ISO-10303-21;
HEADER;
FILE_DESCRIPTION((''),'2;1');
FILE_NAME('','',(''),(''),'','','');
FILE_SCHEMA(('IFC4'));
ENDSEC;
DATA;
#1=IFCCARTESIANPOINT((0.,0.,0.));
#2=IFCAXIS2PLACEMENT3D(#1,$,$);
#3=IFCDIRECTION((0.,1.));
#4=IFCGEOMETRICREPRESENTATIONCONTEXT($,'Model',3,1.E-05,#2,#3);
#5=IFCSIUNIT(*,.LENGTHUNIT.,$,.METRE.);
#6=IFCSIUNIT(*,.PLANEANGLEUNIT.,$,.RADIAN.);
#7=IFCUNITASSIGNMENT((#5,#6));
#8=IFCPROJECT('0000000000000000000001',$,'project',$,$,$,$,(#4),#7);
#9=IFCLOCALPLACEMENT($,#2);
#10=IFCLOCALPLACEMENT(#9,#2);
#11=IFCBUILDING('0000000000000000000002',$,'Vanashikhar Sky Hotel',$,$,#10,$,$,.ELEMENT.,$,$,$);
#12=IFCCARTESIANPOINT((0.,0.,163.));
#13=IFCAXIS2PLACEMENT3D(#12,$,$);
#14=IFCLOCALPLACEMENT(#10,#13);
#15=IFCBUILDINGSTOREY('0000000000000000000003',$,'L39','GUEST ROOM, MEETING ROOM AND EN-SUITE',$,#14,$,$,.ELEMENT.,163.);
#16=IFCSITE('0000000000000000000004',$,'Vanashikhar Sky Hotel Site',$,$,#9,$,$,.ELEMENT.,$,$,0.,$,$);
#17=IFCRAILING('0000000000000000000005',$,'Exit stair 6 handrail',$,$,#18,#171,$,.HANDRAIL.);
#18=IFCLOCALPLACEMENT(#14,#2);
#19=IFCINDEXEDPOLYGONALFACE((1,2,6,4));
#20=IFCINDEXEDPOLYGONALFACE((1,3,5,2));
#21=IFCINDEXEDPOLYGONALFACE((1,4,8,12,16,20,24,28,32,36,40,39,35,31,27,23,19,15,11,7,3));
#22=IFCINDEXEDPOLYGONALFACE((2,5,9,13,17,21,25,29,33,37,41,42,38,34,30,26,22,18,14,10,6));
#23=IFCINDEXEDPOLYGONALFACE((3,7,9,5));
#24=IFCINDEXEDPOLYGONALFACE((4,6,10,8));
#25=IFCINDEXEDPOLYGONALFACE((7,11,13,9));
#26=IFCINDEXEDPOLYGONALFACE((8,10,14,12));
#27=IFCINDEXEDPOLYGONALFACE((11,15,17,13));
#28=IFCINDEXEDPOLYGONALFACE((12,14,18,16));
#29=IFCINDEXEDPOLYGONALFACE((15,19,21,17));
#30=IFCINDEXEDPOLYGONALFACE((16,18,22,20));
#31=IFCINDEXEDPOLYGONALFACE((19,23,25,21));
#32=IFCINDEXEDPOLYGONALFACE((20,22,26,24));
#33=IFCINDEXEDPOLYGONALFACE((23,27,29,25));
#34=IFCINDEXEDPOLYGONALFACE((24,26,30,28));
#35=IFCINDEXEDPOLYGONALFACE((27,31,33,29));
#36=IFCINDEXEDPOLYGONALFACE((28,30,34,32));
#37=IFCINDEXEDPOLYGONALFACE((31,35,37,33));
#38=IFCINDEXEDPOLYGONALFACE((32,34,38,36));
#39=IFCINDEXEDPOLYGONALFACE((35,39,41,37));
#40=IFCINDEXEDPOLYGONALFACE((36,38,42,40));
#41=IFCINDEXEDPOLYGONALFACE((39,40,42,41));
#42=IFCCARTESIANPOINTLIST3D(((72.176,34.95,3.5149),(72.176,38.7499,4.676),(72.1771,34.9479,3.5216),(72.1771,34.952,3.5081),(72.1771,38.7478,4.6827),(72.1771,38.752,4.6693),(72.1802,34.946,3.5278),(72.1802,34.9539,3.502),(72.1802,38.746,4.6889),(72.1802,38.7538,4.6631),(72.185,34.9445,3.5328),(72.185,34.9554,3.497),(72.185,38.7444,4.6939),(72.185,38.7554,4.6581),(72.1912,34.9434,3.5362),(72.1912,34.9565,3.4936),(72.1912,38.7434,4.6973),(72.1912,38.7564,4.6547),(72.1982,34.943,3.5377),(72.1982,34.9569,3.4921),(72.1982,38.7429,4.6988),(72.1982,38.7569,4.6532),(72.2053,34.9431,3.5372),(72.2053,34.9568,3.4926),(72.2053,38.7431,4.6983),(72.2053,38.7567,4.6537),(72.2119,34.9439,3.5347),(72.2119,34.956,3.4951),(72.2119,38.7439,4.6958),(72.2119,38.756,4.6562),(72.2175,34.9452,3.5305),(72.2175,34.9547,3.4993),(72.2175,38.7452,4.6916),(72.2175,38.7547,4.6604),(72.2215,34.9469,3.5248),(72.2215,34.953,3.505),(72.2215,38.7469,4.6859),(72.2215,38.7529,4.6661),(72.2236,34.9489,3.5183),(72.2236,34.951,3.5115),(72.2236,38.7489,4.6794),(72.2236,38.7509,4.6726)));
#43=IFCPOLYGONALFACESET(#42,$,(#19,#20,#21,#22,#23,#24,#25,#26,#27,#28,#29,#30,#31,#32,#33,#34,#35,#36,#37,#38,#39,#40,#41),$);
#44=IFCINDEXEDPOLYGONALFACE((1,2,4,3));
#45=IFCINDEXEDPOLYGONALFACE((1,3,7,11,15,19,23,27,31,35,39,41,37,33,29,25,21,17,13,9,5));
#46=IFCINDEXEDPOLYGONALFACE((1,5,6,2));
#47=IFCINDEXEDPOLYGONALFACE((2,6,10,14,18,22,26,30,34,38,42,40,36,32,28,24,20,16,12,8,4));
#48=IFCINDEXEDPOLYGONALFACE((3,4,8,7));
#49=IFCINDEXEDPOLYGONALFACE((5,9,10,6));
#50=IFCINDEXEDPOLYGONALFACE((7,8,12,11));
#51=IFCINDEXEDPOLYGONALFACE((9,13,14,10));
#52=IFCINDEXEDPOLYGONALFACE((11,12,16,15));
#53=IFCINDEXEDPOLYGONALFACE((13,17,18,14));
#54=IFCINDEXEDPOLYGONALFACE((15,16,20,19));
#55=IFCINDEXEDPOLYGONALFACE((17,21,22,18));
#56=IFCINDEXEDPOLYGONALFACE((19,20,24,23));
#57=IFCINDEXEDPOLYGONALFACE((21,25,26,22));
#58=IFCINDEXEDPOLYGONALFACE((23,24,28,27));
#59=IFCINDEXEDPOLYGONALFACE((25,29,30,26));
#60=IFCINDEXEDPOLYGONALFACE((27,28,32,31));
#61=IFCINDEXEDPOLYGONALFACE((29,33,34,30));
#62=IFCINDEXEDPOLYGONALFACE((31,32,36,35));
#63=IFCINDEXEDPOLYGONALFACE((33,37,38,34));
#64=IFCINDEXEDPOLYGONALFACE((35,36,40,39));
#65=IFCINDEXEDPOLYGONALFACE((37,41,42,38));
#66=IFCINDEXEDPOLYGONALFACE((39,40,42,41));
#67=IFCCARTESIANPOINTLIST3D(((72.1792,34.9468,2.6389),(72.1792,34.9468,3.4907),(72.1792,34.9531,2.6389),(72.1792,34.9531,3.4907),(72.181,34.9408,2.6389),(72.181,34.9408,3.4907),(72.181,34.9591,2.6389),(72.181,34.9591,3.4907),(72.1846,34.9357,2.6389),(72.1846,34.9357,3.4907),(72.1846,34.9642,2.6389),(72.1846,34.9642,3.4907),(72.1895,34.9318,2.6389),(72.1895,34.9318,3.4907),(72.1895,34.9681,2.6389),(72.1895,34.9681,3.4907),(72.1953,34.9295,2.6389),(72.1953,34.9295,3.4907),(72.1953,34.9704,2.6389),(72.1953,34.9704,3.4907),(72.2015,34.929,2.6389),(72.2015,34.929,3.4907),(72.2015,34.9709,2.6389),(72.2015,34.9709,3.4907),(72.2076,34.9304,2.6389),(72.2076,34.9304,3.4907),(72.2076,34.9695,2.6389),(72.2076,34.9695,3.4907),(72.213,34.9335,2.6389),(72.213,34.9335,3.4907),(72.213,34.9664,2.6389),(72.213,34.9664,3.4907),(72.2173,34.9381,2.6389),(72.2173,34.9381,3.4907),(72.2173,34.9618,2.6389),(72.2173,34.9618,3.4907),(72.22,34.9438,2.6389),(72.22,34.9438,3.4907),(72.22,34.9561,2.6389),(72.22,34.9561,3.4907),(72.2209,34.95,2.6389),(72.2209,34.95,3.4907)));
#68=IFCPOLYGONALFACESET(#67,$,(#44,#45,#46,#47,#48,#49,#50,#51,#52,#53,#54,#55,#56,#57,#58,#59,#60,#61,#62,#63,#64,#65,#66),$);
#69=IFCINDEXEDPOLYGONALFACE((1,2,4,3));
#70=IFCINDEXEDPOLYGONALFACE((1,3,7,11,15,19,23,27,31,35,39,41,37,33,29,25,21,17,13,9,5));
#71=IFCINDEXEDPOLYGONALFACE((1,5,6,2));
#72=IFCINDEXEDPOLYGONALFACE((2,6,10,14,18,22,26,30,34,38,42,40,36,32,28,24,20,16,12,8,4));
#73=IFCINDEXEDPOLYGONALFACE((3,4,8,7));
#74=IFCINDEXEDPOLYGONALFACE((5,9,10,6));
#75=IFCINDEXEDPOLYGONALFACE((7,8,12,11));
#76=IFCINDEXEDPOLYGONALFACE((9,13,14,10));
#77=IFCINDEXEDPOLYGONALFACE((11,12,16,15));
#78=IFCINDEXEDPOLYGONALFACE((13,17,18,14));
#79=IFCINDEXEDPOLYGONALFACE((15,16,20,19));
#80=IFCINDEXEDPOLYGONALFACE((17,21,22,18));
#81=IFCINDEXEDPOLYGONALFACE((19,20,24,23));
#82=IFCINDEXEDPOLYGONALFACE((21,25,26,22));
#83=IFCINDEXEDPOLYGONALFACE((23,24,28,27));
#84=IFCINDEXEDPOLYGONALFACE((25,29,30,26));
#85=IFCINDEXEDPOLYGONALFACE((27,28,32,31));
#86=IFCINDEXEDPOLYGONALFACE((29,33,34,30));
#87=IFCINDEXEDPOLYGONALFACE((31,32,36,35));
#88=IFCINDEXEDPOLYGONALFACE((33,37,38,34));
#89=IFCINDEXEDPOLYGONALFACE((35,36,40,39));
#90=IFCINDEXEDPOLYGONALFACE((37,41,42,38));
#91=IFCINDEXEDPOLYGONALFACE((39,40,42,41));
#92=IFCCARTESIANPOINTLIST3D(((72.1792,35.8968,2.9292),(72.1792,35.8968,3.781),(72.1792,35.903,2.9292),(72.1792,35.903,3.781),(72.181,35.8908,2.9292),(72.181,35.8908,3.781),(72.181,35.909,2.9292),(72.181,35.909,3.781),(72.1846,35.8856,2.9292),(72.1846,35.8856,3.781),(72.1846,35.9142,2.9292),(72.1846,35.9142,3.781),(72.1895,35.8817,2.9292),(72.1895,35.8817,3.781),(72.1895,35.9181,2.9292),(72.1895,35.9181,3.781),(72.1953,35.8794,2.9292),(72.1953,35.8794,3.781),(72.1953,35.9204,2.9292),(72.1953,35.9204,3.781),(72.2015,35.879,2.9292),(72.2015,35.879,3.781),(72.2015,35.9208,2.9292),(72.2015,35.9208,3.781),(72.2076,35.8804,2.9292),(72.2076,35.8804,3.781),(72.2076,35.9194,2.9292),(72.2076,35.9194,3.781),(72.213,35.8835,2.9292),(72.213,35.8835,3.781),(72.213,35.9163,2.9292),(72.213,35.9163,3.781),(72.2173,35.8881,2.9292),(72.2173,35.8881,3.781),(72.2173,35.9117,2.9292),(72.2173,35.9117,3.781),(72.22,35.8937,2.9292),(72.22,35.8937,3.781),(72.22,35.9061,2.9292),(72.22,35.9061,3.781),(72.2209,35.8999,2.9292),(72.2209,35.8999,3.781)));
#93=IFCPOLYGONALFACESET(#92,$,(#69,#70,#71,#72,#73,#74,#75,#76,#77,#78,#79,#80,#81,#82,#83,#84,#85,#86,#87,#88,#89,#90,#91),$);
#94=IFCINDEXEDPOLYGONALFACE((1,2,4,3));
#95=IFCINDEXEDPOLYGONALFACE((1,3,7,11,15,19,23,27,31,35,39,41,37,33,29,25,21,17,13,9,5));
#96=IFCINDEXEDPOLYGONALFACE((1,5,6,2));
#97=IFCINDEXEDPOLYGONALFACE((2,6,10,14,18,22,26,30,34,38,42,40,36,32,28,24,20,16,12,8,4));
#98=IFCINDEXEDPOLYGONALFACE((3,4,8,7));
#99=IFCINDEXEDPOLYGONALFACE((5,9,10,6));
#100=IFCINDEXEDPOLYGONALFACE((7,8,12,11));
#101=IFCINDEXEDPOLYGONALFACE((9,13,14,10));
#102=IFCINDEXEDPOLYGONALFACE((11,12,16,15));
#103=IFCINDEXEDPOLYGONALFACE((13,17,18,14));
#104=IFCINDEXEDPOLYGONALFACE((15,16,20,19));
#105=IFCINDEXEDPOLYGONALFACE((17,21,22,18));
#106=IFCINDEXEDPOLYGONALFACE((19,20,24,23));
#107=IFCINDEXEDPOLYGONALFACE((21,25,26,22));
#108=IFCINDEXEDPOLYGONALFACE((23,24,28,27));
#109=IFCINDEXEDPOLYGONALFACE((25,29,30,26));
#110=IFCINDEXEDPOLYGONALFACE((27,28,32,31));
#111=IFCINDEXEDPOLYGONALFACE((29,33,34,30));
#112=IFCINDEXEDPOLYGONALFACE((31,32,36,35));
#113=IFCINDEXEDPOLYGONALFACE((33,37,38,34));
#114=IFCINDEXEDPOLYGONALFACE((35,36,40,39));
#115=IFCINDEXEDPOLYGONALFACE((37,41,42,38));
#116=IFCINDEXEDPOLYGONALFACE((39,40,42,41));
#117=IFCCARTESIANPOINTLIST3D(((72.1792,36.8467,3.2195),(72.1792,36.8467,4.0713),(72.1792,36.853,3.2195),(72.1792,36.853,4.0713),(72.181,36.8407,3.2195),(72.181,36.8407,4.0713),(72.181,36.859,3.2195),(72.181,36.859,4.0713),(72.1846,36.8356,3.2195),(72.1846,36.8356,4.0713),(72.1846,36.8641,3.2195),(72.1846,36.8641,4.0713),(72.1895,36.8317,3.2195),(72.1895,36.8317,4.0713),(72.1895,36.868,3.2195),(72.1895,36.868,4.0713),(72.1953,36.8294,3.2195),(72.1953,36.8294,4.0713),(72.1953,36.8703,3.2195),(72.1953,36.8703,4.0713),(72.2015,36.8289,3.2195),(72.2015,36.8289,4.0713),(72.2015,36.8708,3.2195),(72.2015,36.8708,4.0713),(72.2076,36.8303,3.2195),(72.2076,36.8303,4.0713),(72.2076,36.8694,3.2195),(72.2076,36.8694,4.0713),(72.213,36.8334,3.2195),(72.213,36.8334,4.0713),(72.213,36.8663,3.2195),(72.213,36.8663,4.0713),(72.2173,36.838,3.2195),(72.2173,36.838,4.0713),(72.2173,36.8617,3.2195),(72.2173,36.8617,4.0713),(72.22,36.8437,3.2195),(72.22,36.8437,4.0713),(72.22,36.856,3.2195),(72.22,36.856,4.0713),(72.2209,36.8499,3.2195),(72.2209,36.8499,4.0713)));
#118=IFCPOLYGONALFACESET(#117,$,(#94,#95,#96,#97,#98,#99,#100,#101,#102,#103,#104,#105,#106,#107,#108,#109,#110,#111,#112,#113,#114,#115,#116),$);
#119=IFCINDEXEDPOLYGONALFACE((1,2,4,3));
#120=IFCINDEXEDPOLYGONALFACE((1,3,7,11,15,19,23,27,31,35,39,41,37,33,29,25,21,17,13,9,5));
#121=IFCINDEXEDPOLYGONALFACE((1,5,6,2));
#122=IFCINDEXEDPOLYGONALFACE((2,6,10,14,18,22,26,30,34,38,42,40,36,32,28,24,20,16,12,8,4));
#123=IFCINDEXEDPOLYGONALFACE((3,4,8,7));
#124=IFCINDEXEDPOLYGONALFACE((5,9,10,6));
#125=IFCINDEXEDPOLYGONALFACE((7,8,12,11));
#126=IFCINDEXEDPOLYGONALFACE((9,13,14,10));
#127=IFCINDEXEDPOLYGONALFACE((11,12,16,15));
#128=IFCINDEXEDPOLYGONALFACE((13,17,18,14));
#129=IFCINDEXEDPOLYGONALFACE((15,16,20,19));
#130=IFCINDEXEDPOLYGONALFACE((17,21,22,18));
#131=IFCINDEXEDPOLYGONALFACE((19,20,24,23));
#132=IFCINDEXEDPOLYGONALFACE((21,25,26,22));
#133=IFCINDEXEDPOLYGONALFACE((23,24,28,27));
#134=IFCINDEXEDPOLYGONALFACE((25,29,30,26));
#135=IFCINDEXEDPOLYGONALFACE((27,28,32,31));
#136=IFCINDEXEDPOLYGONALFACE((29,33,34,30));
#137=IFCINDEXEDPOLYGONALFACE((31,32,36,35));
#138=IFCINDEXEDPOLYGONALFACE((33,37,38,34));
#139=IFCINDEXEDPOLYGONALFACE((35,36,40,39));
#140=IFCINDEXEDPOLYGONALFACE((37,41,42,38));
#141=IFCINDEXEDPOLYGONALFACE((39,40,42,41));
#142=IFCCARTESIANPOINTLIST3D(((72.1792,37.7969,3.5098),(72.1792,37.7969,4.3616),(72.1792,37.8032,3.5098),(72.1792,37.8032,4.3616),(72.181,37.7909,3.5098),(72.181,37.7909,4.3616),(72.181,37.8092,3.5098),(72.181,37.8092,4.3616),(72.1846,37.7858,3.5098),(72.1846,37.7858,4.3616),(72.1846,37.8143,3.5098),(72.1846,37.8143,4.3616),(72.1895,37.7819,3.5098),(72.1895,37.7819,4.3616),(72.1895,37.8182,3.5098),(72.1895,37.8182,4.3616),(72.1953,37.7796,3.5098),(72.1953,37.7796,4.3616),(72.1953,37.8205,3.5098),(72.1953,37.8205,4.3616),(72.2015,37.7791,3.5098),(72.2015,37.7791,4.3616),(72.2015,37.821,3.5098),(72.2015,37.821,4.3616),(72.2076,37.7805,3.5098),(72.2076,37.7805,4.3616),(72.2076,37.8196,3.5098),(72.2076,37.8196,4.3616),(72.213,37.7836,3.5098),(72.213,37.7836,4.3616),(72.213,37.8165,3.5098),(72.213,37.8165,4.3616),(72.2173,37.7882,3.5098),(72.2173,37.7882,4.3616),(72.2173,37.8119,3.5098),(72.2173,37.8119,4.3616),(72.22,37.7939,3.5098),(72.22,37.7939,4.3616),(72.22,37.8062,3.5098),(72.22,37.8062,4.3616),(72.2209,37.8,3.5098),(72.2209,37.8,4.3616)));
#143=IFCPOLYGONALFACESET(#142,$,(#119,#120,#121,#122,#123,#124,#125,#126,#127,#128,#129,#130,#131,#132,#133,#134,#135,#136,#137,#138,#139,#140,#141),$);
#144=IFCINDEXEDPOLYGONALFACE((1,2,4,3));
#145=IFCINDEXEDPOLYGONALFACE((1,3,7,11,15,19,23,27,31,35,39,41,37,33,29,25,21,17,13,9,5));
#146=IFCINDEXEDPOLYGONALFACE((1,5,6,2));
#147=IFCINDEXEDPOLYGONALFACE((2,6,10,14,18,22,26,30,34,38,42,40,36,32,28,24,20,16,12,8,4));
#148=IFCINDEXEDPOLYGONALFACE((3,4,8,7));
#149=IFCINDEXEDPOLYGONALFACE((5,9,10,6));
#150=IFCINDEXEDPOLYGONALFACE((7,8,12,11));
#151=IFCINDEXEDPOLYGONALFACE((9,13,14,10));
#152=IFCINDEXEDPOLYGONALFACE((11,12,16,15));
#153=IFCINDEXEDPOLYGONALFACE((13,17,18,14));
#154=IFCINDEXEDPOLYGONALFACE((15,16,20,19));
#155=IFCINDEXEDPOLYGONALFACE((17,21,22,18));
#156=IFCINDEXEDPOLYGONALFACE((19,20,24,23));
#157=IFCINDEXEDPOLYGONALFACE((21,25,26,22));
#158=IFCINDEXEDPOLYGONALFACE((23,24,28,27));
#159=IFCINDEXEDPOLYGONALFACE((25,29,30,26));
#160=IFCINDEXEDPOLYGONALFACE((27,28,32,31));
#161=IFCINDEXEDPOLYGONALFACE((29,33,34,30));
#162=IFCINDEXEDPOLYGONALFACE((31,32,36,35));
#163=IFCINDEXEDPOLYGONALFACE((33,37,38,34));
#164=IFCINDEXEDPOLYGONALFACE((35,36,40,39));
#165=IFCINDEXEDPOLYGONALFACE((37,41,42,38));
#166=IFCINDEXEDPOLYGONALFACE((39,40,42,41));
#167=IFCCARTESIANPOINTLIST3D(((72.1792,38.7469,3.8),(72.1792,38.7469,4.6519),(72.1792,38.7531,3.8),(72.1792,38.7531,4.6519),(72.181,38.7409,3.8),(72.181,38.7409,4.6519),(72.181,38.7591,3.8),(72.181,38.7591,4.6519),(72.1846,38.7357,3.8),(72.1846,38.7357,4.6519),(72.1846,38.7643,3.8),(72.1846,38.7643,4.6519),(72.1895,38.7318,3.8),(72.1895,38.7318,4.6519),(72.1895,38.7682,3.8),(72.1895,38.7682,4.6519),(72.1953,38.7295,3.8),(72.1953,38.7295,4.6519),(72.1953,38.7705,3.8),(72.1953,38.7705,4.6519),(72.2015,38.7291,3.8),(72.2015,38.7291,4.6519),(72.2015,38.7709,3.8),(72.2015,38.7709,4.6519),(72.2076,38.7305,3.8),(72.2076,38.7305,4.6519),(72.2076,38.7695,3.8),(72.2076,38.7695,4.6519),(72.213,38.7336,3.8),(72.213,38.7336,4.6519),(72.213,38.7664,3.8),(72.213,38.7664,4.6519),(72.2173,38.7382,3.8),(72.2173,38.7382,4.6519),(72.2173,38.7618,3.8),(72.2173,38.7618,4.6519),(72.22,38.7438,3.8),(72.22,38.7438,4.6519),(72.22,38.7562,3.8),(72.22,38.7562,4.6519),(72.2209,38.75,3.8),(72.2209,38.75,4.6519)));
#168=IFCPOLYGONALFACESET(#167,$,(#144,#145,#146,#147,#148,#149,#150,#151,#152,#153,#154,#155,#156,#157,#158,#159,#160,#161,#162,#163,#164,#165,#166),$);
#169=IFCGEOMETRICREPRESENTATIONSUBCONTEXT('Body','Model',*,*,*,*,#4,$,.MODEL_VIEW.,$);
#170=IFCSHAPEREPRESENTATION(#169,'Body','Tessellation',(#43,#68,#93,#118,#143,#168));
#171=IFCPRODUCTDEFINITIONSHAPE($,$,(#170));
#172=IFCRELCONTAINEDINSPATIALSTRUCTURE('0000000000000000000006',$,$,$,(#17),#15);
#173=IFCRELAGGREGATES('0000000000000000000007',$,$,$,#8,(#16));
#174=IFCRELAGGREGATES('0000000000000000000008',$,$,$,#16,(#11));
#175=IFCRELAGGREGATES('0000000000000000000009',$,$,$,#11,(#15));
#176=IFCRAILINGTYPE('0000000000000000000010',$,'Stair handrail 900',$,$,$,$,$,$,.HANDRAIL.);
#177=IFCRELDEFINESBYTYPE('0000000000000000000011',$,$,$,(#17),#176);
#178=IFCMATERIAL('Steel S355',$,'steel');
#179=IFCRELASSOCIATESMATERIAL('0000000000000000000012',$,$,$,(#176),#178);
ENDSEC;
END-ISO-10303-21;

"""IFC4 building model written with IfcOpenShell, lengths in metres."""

from ifc_helpers import new_model, si_unit, direction, frame, origin, origin_2d, place, context, subcontext, project, spatial, circle, extrude, source, transform, mapped, material, type_object, element, save


model = new_model("IFC4")

# Units and contexts
model_context = context("Model", 3, precision=1e-05, world=origin(), true_north=direction((0.0, 1.0)))
body_context = subcontext(model_context, "Body", "Model", "MODEL_VIEW")
ifc_project = project(units=[si_unit("LENGTHUNIT", "METRE"), si_unit("PLANEANGLEUNIT", "RADIAN")], contexts=[model_context])

# Site, building, storey
site_placement = place(None, origin())
site = spatial("IfcSite", under=ifc_project, at=site_placement, Name="Vanashikhar Sky Hotel Site", CompositionType="ELEMENT", RefElevation=0.0)
building_placement = place(site_placement, origin())
building = spatial("IfcBuilding", under=site, at=building_placement, Name="Vanashikhar Sky Hotel", CompositionType="ELEMENT")
storey_placement = place(building_placement, frame((0.0, 0.0, 163.0)))
storey = spatial("IfcBuildingStorey", under=building, at=storey_placement, Name="L39", Description="GUEST ROOM, MEETING ROOM AND EN-SUITE", CompositionType="ELEMENT", Elevation=163.0)

# Railing
ifc_material_1 = material(Name="Steel S355", Category="steel")
railing_type = type_object("IfcRailingType", Name="Stair handrail 900", PredefinedType="HANDRAIL", material=ifc_material_1)
shared_shape_1 = source(origin(), body_context, "Body", "SweptSolid", [
    extrude(circle(Radius=0.0239, at=origin_2d()), frame((0.0, 0.0, 0.876), z_axis=(0.0, 0.956351, 0.29222), x_axis=(-1.0, 0.0, 0.0)), (0.0, 0.0, 1.0), 3.9734),
    extrude(circle(Radius=0.021, at=origin_2d()), origin(), (0.0, 0.0, 1.0), 0.8518),
    extrude(circle(Radius=0.021, at=origin_2d()), frame((0.0, 0.95, 0.2903)), (0.0, 0.0, 1.0), 0.8518),
    extrude(circle(Radius=0.021, at=origin_2d()), frame((0.0, 1.8999, 0.5806)), (0.0, 0.0, 1.0), 0.8518),
    extrude(circle(Radius=0.021, at=origin_2d()), frame((0.0, 2.8501, 0.8708)), (0.0, 0.0, 1.0), 0.8518),
    extrude(circle(Radius=0.021, at=origin_2d()), frame((0.0, 3.8, 1.1611)), (0.0, 0.0, 1.0), 0.8518),
])
for number, where, name in (
    (1, (72.2, 34.95, 2.6389), "Exit stair 6 handrail"),
):
    element("IfcRailing", number, at=place(storey_placement, frame(where)), inside=storey, type_object=railing_type, Name=name, PredefinedType="HANDRAIL", context=body_context, shape_type="MappedRepresentation", body=[
        mapped(shared_shape_1, transform((0.0, 0.0, 0.0), scale=1.0)),
    ])

save(model, "model.ifc")
